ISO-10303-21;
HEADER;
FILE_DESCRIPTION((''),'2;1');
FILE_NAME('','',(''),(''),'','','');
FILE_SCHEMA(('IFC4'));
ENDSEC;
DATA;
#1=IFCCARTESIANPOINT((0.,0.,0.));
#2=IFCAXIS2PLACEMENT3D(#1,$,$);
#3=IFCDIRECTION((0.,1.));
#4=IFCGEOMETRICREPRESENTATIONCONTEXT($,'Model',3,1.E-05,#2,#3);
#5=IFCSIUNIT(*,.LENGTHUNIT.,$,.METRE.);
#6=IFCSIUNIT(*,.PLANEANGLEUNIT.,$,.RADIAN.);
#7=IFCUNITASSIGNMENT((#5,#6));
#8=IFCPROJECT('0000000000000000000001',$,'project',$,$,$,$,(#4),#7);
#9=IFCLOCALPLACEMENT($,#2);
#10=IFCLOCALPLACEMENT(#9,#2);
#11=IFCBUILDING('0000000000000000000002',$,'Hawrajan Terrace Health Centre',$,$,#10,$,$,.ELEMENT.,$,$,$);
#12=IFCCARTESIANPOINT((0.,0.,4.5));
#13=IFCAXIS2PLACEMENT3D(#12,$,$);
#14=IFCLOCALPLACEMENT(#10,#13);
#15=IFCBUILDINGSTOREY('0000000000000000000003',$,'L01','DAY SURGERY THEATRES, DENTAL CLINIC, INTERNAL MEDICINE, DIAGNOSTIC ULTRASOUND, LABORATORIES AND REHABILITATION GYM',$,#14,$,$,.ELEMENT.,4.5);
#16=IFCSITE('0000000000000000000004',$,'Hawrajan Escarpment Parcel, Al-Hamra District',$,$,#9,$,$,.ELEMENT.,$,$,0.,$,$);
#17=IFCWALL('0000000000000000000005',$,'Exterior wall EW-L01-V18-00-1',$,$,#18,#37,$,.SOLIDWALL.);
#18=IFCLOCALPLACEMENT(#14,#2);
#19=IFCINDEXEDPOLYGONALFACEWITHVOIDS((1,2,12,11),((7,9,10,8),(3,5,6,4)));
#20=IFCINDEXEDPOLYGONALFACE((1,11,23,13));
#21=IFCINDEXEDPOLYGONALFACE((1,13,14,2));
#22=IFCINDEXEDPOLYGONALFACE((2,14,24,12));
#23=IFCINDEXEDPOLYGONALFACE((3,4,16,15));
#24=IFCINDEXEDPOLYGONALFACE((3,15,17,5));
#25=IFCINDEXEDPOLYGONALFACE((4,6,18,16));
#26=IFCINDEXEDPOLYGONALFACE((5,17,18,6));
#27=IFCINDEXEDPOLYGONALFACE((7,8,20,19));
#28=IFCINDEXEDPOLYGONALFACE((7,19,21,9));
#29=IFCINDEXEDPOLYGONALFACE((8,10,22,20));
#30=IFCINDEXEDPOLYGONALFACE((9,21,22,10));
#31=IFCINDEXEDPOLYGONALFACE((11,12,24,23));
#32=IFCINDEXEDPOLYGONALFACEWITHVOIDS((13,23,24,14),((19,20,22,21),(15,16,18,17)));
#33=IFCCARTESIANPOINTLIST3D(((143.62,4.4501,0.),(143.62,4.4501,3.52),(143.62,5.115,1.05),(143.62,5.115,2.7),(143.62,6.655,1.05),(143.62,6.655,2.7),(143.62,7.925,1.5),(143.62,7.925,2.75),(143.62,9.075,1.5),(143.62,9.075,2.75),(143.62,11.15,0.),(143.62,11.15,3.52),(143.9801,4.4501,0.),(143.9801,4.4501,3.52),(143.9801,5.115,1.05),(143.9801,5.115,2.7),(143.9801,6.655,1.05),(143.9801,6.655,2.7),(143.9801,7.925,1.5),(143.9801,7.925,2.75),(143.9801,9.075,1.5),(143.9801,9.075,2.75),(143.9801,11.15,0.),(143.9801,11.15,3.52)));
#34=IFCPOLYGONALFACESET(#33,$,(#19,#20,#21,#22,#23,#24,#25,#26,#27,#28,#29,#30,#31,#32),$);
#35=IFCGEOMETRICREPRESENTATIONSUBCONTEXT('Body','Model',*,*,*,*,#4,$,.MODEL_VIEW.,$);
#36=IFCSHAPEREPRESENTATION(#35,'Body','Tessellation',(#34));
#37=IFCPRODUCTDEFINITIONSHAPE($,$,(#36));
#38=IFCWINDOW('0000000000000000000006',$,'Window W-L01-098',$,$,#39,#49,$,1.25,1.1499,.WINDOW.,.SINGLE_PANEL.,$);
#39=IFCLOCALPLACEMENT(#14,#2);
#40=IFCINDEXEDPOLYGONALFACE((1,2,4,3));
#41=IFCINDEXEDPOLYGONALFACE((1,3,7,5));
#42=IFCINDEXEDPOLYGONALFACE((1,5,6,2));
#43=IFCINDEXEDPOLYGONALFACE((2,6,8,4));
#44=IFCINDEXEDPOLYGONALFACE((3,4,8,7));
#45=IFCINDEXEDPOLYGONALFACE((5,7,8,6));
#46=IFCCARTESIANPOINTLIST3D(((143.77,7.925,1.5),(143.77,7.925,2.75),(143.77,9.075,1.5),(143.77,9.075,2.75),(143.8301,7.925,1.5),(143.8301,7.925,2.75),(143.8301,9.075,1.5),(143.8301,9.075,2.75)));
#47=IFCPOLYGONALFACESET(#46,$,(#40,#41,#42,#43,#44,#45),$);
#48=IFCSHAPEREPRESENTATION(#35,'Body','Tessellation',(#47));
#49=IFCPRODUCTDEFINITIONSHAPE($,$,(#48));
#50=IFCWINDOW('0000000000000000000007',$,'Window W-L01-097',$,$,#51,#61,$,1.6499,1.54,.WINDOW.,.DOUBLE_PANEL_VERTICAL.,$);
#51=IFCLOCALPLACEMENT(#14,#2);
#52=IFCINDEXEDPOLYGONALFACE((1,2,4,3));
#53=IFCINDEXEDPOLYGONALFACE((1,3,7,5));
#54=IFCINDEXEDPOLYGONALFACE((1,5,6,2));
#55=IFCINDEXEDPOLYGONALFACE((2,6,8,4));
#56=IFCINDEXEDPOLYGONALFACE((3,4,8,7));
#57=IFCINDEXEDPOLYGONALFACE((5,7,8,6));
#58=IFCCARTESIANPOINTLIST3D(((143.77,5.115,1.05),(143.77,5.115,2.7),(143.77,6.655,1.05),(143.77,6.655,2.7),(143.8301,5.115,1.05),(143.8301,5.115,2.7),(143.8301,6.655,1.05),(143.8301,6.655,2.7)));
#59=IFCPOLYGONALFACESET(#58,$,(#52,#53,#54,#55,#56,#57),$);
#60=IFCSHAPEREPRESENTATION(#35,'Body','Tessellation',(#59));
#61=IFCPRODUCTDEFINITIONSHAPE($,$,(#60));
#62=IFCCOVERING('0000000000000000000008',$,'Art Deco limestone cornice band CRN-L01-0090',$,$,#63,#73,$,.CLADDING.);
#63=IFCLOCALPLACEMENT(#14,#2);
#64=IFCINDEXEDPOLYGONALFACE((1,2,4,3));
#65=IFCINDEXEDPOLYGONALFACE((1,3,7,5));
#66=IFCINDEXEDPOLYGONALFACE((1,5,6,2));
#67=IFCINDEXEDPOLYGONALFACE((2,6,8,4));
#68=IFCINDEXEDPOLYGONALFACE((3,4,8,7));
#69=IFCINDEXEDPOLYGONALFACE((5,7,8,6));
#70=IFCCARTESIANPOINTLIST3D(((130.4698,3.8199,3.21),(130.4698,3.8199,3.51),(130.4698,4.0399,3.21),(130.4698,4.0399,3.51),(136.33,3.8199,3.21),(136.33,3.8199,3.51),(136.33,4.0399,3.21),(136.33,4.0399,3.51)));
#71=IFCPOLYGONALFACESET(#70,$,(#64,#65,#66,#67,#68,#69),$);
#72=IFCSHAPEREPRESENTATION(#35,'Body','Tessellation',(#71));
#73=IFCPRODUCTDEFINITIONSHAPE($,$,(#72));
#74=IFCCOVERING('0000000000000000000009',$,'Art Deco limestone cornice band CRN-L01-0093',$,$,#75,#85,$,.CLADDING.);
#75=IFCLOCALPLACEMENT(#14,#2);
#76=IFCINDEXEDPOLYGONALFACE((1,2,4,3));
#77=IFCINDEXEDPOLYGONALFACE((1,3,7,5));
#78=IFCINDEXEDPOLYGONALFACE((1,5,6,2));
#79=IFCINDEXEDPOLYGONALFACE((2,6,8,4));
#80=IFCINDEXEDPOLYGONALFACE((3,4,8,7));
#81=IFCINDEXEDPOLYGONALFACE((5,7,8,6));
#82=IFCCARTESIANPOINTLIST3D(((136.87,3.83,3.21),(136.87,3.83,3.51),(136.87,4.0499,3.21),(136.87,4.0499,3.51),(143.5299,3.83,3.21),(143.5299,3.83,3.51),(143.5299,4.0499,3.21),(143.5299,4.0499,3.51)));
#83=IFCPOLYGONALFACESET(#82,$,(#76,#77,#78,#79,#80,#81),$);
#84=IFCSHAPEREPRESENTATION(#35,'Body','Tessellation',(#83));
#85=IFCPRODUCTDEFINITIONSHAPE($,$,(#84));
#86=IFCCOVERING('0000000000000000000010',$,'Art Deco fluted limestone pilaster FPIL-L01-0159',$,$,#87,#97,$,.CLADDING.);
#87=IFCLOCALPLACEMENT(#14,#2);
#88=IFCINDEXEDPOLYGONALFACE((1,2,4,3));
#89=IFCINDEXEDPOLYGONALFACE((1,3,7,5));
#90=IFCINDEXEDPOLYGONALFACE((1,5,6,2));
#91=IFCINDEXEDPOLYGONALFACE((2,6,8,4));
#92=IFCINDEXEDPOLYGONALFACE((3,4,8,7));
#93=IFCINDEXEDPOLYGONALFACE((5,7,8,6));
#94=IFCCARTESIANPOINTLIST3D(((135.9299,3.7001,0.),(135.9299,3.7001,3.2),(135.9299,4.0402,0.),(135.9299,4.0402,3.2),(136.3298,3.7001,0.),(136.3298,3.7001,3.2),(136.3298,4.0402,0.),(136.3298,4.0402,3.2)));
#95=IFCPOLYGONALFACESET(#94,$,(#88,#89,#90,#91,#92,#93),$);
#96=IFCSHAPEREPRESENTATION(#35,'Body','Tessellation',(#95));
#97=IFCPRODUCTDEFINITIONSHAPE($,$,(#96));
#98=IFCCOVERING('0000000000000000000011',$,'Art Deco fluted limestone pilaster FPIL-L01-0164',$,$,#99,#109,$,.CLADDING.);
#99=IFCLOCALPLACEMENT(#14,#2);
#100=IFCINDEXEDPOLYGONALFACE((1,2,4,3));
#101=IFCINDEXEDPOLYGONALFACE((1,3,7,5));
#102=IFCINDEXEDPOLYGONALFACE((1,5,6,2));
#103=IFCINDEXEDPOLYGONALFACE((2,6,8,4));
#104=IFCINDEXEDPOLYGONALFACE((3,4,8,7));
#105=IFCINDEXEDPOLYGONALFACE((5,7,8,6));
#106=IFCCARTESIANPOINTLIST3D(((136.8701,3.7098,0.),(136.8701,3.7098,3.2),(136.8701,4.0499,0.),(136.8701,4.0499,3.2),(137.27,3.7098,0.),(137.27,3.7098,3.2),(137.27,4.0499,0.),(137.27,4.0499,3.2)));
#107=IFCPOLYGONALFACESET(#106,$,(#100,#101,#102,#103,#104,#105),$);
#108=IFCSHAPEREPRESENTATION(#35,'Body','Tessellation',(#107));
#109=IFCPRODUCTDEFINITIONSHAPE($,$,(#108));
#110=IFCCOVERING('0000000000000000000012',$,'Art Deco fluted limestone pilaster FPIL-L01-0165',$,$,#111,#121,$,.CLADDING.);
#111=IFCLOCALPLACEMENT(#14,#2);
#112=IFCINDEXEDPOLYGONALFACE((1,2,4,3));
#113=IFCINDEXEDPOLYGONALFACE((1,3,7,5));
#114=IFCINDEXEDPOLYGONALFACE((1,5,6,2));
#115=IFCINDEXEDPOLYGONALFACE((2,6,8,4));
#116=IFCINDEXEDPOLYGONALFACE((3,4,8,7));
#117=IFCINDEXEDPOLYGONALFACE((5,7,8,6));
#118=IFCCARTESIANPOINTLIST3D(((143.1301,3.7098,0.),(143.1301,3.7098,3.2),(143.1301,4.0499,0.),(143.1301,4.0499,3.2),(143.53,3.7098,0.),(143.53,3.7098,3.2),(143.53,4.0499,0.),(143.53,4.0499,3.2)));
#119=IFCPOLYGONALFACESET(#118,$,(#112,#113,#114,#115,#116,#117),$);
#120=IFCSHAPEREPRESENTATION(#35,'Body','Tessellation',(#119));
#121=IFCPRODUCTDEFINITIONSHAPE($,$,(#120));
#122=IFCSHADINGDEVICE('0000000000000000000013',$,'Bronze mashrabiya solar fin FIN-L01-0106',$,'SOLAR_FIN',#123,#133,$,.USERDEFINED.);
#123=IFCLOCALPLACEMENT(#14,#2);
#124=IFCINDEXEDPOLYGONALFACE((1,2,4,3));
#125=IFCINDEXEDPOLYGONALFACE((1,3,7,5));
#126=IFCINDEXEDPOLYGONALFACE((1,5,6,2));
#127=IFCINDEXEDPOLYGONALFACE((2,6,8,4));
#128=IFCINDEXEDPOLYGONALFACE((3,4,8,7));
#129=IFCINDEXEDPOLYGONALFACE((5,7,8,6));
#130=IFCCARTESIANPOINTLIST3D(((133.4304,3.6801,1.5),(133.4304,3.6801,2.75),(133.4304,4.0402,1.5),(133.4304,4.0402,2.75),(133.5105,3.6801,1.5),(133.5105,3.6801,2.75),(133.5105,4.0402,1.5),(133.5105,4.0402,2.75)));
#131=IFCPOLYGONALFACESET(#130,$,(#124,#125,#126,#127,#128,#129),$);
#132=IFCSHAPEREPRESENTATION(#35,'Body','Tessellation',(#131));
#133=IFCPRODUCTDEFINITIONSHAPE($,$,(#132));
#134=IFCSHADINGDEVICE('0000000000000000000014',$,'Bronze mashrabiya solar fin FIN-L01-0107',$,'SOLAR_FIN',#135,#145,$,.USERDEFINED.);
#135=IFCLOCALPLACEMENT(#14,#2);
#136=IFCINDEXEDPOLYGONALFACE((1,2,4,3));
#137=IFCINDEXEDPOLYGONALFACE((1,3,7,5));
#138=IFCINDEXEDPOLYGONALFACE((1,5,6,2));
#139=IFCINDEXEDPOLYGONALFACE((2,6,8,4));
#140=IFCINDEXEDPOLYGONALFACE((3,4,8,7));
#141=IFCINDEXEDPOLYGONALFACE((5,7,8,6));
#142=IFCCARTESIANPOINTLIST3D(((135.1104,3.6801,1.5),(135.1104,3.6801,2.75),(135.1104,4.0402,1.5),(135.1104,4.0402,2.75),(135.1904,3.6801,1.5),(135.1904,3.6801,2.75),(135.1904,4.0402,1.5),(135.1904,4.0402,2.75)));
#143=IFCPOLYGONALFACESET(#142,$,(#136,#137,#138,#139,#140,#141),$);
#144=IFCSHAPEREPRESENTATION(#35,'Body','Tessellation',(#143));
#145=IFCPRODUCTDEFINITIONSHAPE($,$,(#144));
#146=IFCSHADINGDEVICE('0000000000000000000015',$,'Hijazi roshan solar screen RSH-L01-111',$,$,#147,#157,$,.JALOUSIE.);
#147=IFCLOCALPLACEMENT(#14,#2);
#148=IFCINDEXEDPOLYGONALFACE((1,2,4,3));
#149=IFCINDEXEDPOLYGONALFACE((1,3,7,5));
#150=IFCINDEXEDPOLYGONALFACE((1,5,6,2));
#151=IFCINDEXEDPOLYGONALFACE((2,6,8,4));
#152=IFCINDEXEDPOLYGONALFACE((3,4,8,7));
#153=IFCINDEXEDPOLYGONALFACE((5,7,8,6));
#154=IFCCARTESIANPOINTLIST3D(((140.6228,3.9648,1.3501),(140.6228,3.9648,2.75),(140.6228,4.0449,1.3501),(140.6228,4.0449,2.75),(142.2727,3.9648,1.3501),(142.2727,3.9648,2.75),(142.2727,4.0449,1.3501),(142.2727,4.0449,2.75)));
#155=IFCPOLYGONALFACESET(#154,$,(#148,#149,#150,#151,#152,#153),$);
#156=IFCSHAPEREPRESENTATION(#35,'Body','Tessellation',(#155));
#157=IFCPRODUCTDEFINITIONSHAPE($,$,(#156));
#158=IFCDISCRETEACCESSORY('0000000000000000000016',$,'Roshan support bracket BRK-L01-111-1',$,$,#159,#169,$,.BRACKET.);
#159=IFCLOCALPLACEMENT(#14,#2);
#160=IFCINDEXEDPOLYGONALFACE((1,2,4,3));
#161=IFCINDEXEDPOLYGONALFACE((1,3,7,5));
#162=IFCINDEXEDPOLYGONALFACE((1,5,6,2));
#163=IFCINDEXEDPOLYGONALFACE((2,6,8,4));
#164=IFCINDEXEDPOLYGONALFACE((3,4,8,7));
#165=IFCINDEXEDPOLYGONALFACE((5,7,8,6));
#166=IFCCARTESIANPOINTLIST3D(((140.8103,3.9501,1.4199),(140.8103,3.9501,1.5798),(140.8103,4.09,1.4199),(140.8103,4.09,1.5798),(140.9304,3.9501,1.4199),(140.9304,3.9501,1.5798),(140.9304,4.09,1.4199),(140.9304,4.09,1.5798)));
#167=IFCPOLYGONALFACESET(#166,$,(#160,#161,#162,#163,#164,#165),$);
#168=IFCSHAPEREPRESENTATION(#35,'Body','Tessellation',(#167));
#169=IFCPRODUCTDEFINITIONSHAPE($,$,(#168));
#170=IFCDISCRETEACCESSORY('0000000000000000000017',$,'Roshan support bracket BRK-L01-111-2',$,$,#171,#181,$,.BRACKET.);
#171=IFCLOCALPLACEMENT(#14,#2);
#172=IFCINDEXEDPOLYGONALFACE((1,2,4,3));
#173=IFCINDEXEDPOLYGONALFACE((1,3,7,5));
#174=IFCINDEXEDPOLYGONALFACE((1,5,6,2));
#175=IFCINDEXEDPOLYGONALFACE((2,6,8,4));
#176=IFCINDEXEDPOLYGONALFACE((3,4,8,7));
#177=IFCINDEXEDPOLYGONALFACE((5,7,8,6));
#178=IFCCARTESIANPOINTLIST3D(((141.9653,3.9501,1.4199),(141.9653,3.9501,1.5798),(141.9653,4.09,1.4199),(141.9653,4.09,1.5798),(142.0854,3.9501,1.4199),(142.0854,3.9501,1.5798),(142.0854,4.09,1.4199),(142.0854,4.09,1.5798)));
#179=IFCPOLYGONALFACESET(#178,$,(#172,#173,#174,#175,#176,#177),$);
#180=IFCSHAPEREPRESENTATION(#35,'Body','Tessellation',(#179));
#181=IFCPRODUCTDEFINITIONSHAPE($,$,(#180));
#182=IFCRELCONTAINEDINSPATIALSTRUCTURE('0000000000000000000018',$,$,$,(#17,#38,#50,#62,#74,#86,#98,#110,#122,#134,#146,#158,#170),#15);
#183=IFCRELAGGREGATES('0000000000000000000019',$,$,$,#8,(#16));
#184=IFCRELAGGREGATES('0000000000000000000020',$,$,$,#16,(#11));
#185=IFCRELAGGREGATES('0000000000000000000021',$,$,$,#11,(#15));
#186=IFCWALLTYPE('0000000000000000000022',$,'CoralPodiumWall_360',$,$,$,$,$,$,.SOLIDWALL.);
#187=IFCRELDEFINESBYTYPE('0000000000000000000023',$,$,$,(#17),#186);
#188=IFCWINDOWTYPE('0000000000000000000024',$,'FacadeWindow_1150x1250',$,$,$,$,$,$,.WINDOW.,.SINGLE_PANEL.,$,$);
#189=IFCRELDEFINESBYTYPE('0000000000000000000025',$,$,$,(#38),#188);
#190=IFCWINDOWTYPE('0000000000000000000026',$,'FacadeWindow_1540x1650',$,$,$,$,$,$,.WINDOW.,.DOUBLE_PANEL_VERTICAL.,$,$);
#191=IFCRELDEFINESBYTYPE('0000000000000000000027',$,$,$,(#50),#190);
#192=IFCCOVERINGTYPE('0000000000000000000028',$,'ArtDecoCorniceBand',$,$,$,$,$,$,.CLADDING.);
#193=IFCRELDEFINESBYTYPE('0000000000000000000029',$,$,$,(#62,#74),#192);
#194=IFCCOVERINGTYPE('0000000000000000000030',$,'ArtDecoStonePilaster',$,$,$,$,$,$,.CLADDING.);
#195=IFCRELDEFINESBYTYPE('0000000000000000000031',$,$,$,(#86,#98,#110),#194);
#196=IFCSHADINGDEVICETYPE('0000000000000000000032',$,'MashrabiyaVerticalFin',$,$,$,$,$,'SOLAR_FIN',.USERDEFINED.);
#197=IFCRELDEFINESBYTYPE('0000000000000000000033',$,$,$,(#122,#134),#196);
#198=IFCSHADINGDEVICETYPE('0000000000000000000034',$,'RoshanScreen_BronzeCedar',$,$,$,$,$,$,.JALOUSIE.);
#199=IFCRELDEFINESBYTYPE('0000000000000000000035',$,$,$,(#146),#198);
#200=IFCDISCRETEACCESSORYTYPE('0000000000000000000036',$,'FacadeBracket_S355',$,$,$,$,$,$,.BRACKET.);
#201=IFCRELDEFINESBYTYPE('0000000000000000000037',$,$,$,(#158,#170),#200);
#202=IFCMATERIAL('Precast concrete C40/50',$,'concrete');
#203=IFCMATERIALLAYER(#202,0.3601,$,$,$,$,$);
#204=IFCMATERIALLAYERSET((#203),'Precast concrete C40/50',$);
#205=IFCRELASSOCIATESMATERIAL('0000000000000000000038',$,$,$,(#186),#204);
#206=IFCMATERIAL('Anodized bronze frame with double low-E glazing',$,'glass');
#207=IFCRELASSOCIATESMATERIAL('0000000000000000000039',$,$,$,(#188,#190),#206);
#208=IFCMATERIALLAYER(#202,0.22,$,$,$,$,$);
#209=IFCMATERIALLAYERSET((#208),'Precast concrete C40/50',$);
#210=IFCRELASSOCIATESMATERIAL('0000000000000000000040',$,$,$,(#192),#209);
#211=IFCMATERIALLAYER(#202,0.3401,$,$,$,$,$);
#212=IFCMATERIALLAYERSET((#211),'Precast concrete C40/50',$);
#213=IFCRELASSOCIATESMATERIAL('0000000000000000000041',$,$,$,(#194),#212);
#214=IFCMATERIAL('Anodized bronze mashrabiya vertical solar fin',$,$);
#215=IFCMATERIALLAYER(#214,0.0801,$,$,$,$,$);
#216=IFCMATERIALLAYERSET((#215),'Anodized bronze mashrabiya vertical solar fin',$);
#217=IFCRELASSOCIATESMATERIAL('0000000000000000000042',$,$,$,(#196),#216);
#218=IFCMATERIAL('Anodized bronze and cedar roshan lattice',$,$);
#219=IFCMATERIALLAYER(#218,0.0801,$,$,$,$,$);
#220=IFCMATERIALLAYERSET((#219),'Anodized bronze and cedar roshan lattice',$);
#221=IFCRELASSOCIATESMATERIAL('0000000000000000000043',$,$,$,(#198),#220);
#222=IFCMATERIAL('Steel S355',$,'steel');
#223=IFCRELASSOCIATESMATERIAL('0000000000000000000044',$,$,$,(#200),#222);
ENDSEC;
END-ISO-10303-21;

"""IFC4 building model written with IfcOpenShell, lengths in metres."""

from ifc_helpers import new_model, si_unit, direction, frame, frame_2d, origin, origin_2d, place, context, subcontext, project, spatial, rectangle, extrude, material, layer, layer_set, type_object, element, fill, save


model = new_model("IFC4")

# Units and contexts
model_context = context("Model", 3, precision=1e-05, world=origin(), true_north=direction((0.0, 1.0)))
body_context = subcontext(model_context, "Body", "Model", "MODEL_VIEW")
ifc_project = project(units=[si_unit("LENGTHUNIT", "METRE"), si_unit("PLANEANGLEUNIT", "RADIAN")], contexts=[model_context])

# Site, building, storey
site_placement = place(None, origin())
site = spatial("IfcSite", under=ifc_project, at=site_placement, Name="Hawrajan Escarpment Parcel, Al-Hamra District", CompositionType="ELEMENT", RefElevation=0.0)
building_placement = place(site_placement, origin())
building = spatial("IfcBuilding", under=site, at=building_placement, Name="Hawrajan Terrace Health Centre", CompositionType="ELEMENT")
storey_placement = place(building_placement, frame((0.0, 0.0, 4.5)))
storey = spatial("IfcBuildingStorey", under=building, at=storey_placement, Name="L01", Description="DAY SURGERY THEATRES, DENTAL CLINIC, INTERNAL MEDICINE, DIAGNOSTIC ULTRASOUND, LABORATORIES AND REHABILITATION GYM", CompositionType="ELEMENT", Elevation=4.5)

# Shared definitions
ifc_material_1 = material(Name="Steel S355", Category="steel")

# Wall, openings, windows
ifc_material_2 = material(Name="Precast concrete C40/50", Category="concrete")
ifc_material_3 = material(Name="Anodized bronze frame with double low-E glazing", Category="glass")
ifc_layer_1 = layer(ifc_material_2, 0.3601)
ifc_layer_set_1 = layer_set([ifc_layer_1], Name="Precast concrete C40/50")
wall_type_1 = type_object("IfcWallType", Name="CoralPodiumWall_360", PredefinedType="SOLIDWALL", material=ifc_layer_set_1)
wall_1_placement = place(storey_placement, frame((143.8, 4.45, 0.0), z_axis=(0.0, 0.0, 1.0), x_axis=(0.0, 1.0, 0.0)))
wall_1 = element("IfcWall", 1, at=wall_1_placement, inside=storey, type_object=wall_type_1, Name="Exterior wall EW-L01-V18-00-1", PredefinedType="SOLIDWALL", context=body_context, shape_type="SweptSolid", body=[
    extrude(rectangle(XDim=6.7, YDim=0.3601, at=frame_2d((3.3501, 0.0))), origin(), (0.0, 0.0, 1.0), 3.52),
])
opening_1_placement = place(wall_1_placement, frame((0.665, 0.0, 1.05)))
opening_1 = element("IfcOpeningElement", 2, at=opening_1_placement, cuts=wall_1, PredefinedType="OPENING", context=body_context, shape_type="SweptSolid", body=[
    extrude(rectangle(XDim=1.54, YDim=1.6499, at=frame_2d((0.77, 0.825))), frame((0.0, 0.1899, 0.0), z_axis=(0.0, -1.0, 0.0), x_axis=(1.0, 0.0, 0.0)), (0.0, 0.0, 1.0), 0.3801),
])
opening_2_placement = place(wall_1_placement, frame((3.4751, 0.0, 1.5)))
opening_2 = element("IfcOpeningElement", 3, at=opening_2_placement, cuts=wall_1, PredefinedType="OPENING", context=body_context, shape_type="SweptSolid", body=[
    extrude(rectangle(XDim=1.1499, YDim=1.25, at=frame_2d((0.575, 0.625))), frame((0.0, 0.1899, 0.0), z_axis=(0.0, -1.0, 0.0), x_axis=(1.0, 0.0, 0.0)), (0.0, 0.0, 1.0), 0.3801),
])
window_type_1 = type_object("IfcWindowType", Name="FacadeWindow_1150x1250", PartitioningType="SINGLE_PANEL", PredefinedType="WINDOW", material=ifc_material_3)
window_1_placement = place(opening_2_placement, origin())
window_1 = element("IfcWindow", 4, at=window_1_placement, inside=storey, type_object=window_type_1, Name="Window W-L01-098", OverallHeight=1.25, OverallWidth=1.1499, PartitioningType="SINGLE_PANEL", PredefinedType="WINDOW", context=body_context, shape_type="SweptSolid", body=[
    extrude(rectangle(XDim=1.1499, YDim=1.25, at=frame_2d((0.575, 0.625))), frame((0.0, 0.03, 0.0), z_axis=(0.0, -1.0, 0.0), x_axis=(1.0, 0.0, 0.0)), (0.0, 0.0, 1.0), 0.0601),
])
fill(opening_2, window_1)
window_type_2 = type_object("IfcWindowType", Name="FacadeWindow_1540x1650", PartitioningType="DOUBLE_PANEL_VERTICAL", PredefinedType="WINDOW", material=ifc_material_3)
window_2_placement = place(opening_1_placement, origin())
window_2 = element("IfcWindow", 5, at=window_2_placement, inside=storey, type_object=window_type_2, Name="Window W-L01-097", OverallHeight=1.6499, OverallWidth=1.54, PartitioningType="DOUBLE_PANEL_VERTICAL", PredefinedType="WINDOW", context=body_context, shape_type="SweptSolid", body=[
    extrude(rectangle(XDim=1.54, YDim=1.6499, at=frame_2d((0.77, 0.825))), frame((0.0, 0.03, 0.0), z_axis=(0.0, -1.0, 0.0), x_axis=(1.0, 0.0, 0.0)), (0.0, 0.0, 1.0), 0.0601),
])
fill(opening_1, window_2)

# Coverings
ifc_layer_2 = layer(ifc_material_2, 0.22)
ifc_layer_set_2 = layer_set([ifc_layer_2], Name="Precast concrete C40/50")
covering_type_1 = type_object("IfcCoveringType", Name="ArtDecoCorniceBand", PredefinedType="CLADDING", material=ifc_layer_set_2)
covering_1_placement = place(storey_placement, frame((133.3999, 3.9299, 3.21), z_axis=(0.0, 0.0, 1.0), x_axis=(1.0, 0.0, 0.0)))
element("IfcCovering", 6, at=covering_1_placement, inside=storey, type_object=covering_type_1, Name="Art Deco limestone cornice band CRN-L01-0090", PredefinedType="CLADDING", context=body_context, shape_type="SweptSolid", body=[
    extrude(rectangle(XDim=5.8601, YDim=0.22, at=origin_2d()), origin(), (0.0, 0.0, 1.0), 0.3),
])
covering_2_placement = place(storey_placement, frame((140.2, 3.9399, 3.21), z_axis=(0.0, 0.0, 1.0), x_axis=(1.0, 0.0, 0.0)))
element("IfcCovering", 7, at=covering_2_placement, inside=storey, type_object=covering_type_1, Name="Art Deco limestone cornice band CRN-L01-0093", PredefinedType="CLADDING", context=body_context, shape_type="SweptSolid", body=[
    extrude(rectangle(XDim=6.6599, YDim=0.22, at=origin_2d()), origin(), (0.0, 0.0, 1.0), 0.3),
])
ifc_layer_3 = layer(ifc_material_2, 0.3401)
ifc_layer_set_3 = layer_set([ifc_layer_3], Name="Precast concrete C40/50")
covering_type_2 = type_object("IfcCoveringType", Name="ArtDecoStonePilaster", PredefinedType="CLADDING", material=ifc_layer_set_3)
for number, where, z_axis, x_axis, name in (
    (8, (136.1299, 3.8701, 0.0), (0.0, 0.0, 1.0), (1.0, 0.0, 0.0), "Art Deco fluted limestone pilaster FPIL-L01-0159"),
    (9, (137.0701, 3.8799, 0.0), (0.0, 0.0, 1.0), (1.0, 0.0, 0.0), "Art Deco fluted limestone pilaster FPIL-L01-0164"),
    (10, (143.3301, 3.8799, 0.0), (0.0, 0.0, 1.0), (1.0, 0.0, 0.0), "Art Deco fluted limestone pilaster FPIL-L01-0165"),
):
    element("IfcCovering", number, at=place(storey_placement, frame(where, z_axis=z_axis, x_axis=x_axis)), inside=storey, type_object=covering_type_2, Name=name, PredefinedType="CLADDING", context=body_context, shape_type="SweptSolid", body=[
        extrude(rectangle(XDim=0.3999, YDim=0.3401, at=origin_2d()), origin(), (0.0, 0.0, 1.0), 3.2),
    ])

# Shading devices
ifc_material_4 = material(Name="Anodized bronze mashrabiya vertical solar fin")
ifc_layer_4 = layer(ifc_material_4, 0.0801)
ifc_layer_set_4 = layer_set([ifc_layer_4], Name="Anodized bronze mashrabiya vertical solar fin")
shading_device_type_1 = type_object("IfcShadingDeviceType", Name="MashrabiyaVerticalFin", ElementType="SOLAR_FIN", PredefinedType="USERDEFINED", material=ifc_layer_set_4)
for number, where, z_axis, x_axis, name in (
    (11, (133.4705, 3.8601, 1.5), (0.0, 0.0, 1.0), (1.0, 0.0, 0.0), "Bronze mashrabiya solar fin FIN-L01-0106"),
    (12, (135.1504, 3.8601, 1.5), (0.0, 0.0, 1.0), (1.0, 0.0, 0.0), "Bronze mashrabiya solar fin FIN-L01-0107"),
):
    element("IfcShadingDevice", number, at=place(storey_placement, frame(where, z_axis=z_axis, x_axis=x_axis)), inside=storey, type_object=shading_device_type_1, Name=name, ObjectType="SOLAR_FIN", PredefinedType="USERDEFINED", context=body_context, shape_type="SweptSolid", body=[
        extrude(rectangle(XDim=0.0801, YDim=0.3601, at=origin_2d()), origin(), (0.0, 0.0, 1.0), 1.25),
    ])
ifc_material_5 = material(Name="Anodized bronze and cedar roshan lattice")
ifc_layer_5 = layer(ifc_material_5, 0.0801)
ifc_layer_set_5 = layer_set([ifc_layer_5], Name="Anodized bronze and cedar roshan lattice")
shading_device_type_2 = type_object("IfcShadingDeviceType", Name="RoshanScreen_BronzeCedar", PredefinedType="JALOUSIE", material=ifc_layer_set_5)
shading_device_placement = place(storey_placement, frame((141.4478, 4.0049, 1.3501), z_axis=(0.0, 0.0, 1.0), x_axis=(1.0, 0.0, 0.0)))
element("IfcShadingDevice", 13, at=shading_device_placement, inside=storey, type_object=shading_device_type_2, Name="Hijazi roshan solar screen RSH-L01-111", PredefinedType="JALOUSIE", context=body_context, shape_type="SweptSolid", body=[
    extrude(rectangle(XDim=1.6499, YDim=0.0801, at=origin_2d()), origin(), (0.0, 0.0, 1.0), 1.3999),
])

# Discrete accessories
discrete_accessory_type = type_object("IfcDiscreteAccessoryType", Name="FacadeBracket_S355", PredefinedType="BRACKET", material=ifc_material_1)
for number, where, z_axis, x_axis, name in (
    (14, (140.8704, 4.02, 1.4199), (0.0, 0.0, 1.0), (1.0, 0.0, 0.0), "Roshan support bracket BRK-L01-111-1"),
    (15, (142.0254, 4.02, 1.4199), (0.0, 0.0, 1.0), (1.0, 0.0, 0.0), "Roshan support bracket BRK-L01-111-2"),
):
    element("IfcDiscreteAccessory", number, at=place(storey_placement, frame(where, z_axis=z_axis, x_axis=x_axis)), inside=storey, type_object=discrete_accessory_type, Name=name, PredefinedType="BRACKET", context=body_context, shape_type="SweptSolid", body=[
        extrude(rectangle(XDim=0.1201, YDim=0.1399, at=origin_2d()), origin(), (0.0, 0.0, 1.0), 0.1599),
    ])

save(model, "model.ifc")
